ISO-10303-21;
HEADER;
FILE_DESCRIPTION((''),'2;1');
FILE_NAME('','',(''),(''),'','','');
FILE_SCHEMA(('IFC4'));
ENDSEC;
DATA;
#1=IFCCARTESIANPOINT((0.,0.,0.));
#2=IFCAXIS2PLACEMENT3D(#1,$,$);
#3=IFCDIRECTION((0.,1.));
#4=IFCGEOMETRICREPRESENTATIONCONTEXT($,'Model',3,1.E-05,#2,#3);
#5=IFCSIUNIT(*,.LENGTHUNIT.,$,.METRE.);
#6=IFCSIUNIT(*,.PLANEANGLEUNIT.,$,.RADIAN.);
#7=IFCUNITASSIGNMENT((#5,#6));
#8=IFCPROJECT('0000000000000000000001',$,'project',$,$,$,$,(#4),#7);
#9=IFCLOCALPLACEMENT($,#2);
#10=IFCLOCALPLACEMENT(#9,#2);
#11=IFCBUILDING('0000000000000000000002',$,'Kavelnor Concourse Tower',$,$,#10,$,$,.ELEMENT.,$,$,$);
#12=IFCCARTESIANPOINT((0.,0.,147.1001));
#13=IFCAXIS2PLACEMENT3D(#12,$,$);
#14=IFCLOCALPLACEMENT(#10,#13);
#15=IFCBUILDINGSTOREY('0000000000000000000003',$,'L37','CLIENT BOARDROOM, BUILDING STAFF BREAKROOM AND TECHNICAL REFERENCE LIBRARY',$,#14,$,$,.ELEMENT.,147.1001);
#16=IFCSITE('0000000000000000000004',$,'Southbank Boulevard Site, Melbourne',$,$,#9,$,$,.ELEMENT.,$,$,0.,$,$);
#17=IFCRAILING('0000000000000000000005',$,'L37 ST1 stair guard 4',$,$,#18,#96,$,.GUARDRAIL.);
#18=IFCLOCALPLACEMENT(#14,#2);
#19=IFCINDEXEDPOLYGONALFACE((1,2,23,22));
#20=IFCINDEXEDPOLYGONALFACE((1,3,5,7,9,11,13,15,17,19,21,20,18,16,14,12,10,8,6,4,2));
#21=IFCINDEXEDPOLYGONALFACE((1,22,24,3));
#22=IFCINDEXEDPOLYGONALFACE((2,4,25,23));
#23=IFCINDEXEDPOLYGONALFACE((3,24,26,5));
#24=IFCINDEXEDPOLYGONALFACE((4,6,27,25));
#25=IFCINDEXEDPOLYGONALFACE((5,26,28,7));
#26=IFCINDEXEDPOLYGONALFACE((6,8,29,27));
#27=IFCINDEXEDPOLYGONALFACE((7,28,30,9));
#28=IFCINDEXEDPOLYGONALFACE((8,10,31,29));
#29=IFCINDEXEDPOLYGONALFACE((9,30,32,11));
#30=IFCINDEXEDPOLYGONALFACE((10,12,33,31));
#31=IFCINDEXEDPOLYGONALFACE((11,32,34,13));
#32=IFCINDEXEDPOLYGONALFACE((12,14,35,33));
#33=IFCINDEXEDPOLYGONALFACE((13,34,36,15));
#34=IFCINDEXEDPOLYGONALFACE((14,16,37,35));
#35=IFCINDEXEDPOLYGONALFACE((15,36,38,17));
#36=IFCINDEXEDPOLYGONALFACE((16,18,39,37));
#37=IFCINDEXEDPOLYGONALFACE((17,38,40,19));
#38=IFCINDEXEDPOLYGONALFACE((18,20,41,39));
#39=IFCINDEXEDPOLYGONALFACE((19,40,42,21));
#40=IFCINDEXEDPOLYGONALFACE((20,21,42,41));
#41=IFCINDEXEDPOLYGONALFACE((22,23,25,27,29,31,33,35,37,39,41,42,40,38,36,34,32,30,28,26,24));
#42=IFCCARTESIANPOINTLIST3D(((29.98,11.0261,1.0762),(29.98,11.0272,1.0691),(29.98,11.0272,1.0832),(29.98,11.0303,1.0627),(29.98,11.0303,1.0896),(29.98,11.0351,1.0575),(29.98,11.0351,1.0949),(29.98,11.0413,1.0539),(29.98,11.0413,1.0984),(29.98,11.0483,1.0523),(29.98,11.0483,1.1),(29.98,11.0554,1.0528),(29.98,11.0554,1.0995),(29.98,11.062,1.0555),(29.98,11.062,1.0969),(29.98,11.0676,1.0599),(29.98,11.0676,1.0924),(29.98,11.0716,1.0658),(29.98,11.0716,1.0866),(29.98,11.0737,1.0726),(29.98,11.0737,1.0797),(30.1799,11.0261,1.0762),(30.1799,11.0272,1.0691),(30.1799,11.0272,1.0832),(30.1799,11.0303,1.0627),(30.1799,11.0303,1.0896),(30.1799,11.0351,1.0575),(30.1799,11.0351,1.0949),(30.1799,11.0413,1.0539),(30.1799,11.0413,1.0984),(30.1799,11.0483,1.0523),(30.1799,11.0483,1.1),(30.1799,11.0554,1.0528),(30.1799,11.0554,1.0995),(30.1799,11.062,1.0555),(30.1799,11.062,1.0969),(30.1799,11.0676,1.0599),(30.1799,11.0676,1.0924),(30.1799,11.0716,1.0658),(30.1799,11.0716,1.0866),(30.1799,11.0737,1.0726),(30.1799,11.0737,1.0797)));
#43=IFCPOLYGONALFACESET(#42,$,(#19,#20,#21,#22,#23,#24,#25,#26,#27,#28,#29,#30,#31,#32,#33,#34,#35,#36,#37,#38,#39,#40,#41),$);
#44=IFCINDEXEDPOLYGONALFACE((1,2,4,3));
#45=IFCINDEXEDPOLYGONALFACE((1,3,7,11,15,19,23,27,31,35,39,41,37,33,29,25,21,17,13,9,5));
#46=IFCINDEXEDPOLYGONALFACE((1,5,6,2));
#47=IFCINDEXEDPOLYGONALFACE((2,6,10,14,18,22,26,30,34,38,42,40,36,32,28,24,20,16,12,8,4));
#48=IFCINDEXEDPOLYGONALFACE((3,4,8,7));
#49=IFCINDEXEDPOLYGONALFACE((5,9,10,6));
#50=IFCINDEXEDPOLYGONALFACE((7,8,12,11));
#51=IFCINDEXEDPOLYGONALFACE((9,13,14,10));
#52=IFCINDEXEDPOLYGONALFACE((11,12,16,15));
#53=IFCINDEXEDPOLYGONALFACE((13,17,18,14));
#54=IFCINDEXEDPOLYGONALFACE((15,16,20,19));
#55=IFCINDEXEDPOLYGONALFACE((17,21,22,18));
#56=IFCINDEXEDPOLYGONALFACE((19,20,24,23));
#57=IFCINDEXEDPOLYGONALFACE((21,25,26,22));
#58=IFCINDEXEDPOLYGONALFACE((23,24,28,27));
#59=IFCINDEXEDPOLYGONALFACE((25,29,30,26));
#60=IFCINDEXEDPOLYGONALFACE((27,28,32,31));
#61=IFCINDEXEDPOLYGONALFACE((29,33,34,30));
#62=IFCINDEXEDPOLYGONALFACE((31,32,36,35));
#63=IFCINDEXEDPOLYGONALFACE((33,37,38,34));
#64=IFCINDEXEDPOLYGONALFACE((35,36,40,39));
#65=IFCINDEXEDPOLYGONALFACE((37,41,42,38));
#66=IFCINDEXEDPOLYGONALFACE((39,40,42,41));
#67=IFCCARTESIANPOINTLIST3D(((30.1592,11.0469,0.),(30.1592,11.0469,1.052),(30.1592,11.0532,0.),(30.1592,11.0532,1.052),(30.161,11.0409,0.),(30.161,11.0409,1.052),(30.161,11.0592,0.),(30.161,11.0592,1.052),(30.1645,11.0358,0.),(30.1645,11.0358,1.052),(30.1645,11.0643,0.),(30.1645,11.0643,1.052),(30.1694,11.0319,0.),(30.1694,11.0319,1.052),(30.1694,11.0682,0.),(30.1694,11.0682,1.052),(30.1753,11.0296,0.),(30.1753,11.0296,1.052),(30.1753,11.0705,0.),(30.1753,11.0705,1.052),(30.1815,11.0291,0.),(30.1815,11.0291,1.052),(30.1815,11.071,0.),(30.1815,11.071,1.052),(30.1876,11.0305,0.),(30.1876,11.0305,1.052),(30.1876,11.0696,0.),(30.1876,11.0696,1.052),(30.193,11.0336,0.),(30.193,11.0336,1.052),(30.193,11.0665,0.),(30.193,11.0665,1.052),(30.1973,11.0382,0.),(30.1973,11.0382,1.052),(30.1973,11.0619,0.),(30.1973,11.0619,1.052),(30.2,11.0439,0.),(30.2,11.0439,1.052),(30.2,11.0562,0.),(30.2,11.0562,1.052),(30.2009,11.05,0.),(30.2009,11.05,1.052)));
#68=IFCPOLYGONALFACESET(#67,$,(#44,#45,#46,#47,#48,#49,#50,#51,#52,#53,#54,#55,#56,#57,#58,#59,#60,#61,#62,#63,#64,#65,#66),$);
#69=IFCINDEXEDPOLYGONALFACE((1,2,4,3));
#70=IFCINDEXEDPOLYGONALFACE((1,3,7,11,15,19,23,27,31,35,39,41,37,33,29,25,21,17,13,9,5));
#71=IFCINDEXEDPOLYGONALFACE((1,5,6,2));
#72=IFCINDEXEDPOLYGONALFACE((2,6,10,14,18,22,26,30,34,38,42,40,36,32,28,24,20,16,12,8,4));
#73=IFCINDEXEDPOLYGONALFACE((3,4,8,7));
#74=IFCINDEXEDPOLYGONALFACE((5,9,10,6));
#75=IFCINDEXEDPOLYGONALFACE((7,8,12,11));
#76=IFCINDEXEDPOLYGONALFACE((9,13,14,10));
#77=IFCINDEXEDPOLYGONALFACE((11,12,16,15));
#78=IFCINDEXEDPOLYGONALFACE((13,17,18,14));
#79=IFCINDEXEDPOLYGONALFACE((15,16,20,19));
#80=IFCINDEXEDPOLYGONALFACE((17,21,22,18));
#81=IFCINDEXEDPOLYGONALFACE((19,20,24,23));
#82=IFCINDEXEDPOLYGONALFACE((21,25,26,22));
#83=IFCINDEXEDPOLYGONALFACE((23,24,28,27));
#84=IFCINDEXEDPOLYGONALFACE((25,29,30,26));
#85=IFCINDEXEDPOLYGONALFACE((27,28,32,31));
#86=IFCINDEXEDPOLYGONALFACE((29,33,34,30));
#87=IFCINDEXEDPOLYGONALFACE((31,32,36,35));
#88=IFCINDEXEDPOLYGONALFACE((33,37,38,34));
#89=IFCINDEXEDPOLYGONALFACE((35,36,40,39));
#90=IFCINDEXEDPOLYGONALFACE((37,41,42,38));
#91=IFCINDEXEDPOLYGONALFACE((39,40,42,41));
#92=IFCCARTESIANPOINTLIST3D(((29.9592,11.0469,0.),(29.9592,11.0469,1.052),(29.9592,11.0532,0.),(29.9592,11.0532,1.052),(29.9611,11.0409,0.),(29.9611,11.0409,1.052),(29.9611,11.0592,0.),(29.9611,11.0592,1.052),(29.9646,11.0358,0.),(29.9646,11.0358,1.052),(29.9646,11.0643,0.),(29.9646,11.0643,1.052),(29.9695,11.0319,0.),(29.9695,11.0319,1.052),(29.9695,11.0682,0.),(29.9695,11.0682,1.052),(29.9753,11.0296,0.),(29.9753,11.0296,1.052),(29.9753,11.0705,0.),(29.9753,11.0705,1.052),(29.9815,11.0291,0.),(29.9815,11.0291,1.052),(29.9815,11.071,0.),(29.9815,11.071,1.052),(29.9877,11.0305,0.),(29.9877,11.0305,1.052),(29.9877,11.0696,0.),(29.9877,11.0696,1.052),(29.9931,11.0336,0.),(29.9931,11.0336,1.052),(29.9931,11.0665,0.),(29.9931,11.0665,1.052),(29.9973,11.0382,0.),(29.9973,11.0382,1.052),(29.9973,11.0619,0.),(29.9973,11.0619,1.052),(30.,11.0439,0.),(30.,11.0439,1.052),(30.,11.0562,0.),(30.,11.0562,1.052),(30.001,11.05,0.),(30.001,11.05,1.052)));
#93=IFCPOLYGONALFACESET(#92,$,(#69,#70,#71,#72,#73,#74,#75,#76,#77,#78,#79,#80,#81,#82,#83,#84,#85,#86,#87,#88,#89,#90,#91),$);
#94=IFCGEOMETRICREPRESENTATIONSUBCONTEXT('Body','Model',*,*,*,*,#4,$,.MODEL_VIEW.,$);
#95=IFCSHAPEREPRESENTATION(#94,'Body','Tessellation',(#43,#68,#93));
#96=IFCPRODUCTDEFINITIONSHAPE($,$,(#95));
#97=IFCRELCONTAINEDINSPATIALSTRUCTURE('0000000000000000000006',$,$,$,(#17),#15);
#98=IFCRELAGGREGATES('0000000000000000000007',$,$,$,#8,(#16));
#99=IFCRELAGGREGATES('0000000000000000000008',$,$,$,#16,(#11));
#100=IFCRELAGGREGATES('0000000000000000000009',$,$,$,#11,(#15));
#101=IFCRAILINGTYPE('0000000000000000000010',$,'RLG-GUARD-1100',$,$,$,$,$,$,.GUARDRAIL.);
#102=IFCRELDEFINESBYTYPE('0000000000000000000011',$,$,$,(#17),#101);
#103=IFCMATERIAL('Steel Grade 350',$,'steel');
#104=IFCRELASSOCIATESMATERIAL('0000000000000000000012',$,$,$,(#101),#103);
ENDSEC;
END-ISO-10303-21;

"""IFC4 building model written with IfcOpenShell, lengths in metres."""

from ifc_helpers import new_model, si_unit, direction, frame, origin, origin_2d, place, context, subcontext, project, spatial, circle, extrude, material, type_object, element, save


model = new_model("IFC4")

# Units and contexts
model_context = context("Model", 3, precision=1e-05, world=origin(), true_north=direction((0.0, 1.0)))
body_context = subcontext(model_context, "Body", "Model", "MODEL_VIEW")
ifc_project = project(units=[si_unit("LENGTHUNIT", "METRE"), si_unit("PLANEANGLEUNIT", "RADIAN")], contexts=[model_context])

# Site, building, storey
site_placement = place(None, origin())
site = spatial("IfcSite", under=ifc_project, at=site_placement, Name="Southbank Boulevard Site, Melbourne", CompositionType="ELEMENT", RefElevation=0.0)
building_placement = place(site_placement, origin())
building = spatial("IfcBuilding", under=site, at=building_placement, Name="Kavelnor Concourse Tower", CompositionType="ELEMENT")
storey_placement = place(building_placement, frame((0.0, 0.0, 147.1001)))
storey = spatial("IfcBuildingStorey", under=building, at=storey_placement, Name="L37", Description="CLIENT BOARDROOM, BUILDING STAFF BREAKROOM AND TECHNICAL REFERENCE LIBRARY", CompositionType="ELEMENT", Elevation=147.1001)

# Shared definitions
ifc_material_1 = material(Name="Steel Grade 350", Category="steel")

# Railing
railing_type_1 = type_object("IfcRailingType", Name="RLG-GUARD-1100", PredefinedType="GUARDRAIL", material=ifc_material_1)
railing_1_placement = place(storey_placement, frame((30.1799, 11.05, 0.0)))
element("IfcRailing", 1, at=railing_1_placement, inside=storey, type_object=railing_type_1, Name="L37 ST1 stair guard 4", PredefinedType="GUARDRAIL", context=body_context, shape_type="SweptSolid", body=[
    extrude(circle(Radius=0.0239, at=origin_2d()), frame((0.0, 0.0, 1.0762), z_axis=(-1.0, 0.0, 0.0), x_axis=(0.0, -1.0, 0.0)), (0.0, 0.0, 1.0), 0.2),
    extrude(circle(Radius=0.021, at=origin_2d()), origin(), (0.0, 0.0, 1.0), 1.052),
    extrude(circle(Radius=0.021, at=origin_2d()), frame((-0.2, 0.0, 0.0)), (0.0, 0.0, 1.0), 1.052),
])

save(model, "model.ifc")
